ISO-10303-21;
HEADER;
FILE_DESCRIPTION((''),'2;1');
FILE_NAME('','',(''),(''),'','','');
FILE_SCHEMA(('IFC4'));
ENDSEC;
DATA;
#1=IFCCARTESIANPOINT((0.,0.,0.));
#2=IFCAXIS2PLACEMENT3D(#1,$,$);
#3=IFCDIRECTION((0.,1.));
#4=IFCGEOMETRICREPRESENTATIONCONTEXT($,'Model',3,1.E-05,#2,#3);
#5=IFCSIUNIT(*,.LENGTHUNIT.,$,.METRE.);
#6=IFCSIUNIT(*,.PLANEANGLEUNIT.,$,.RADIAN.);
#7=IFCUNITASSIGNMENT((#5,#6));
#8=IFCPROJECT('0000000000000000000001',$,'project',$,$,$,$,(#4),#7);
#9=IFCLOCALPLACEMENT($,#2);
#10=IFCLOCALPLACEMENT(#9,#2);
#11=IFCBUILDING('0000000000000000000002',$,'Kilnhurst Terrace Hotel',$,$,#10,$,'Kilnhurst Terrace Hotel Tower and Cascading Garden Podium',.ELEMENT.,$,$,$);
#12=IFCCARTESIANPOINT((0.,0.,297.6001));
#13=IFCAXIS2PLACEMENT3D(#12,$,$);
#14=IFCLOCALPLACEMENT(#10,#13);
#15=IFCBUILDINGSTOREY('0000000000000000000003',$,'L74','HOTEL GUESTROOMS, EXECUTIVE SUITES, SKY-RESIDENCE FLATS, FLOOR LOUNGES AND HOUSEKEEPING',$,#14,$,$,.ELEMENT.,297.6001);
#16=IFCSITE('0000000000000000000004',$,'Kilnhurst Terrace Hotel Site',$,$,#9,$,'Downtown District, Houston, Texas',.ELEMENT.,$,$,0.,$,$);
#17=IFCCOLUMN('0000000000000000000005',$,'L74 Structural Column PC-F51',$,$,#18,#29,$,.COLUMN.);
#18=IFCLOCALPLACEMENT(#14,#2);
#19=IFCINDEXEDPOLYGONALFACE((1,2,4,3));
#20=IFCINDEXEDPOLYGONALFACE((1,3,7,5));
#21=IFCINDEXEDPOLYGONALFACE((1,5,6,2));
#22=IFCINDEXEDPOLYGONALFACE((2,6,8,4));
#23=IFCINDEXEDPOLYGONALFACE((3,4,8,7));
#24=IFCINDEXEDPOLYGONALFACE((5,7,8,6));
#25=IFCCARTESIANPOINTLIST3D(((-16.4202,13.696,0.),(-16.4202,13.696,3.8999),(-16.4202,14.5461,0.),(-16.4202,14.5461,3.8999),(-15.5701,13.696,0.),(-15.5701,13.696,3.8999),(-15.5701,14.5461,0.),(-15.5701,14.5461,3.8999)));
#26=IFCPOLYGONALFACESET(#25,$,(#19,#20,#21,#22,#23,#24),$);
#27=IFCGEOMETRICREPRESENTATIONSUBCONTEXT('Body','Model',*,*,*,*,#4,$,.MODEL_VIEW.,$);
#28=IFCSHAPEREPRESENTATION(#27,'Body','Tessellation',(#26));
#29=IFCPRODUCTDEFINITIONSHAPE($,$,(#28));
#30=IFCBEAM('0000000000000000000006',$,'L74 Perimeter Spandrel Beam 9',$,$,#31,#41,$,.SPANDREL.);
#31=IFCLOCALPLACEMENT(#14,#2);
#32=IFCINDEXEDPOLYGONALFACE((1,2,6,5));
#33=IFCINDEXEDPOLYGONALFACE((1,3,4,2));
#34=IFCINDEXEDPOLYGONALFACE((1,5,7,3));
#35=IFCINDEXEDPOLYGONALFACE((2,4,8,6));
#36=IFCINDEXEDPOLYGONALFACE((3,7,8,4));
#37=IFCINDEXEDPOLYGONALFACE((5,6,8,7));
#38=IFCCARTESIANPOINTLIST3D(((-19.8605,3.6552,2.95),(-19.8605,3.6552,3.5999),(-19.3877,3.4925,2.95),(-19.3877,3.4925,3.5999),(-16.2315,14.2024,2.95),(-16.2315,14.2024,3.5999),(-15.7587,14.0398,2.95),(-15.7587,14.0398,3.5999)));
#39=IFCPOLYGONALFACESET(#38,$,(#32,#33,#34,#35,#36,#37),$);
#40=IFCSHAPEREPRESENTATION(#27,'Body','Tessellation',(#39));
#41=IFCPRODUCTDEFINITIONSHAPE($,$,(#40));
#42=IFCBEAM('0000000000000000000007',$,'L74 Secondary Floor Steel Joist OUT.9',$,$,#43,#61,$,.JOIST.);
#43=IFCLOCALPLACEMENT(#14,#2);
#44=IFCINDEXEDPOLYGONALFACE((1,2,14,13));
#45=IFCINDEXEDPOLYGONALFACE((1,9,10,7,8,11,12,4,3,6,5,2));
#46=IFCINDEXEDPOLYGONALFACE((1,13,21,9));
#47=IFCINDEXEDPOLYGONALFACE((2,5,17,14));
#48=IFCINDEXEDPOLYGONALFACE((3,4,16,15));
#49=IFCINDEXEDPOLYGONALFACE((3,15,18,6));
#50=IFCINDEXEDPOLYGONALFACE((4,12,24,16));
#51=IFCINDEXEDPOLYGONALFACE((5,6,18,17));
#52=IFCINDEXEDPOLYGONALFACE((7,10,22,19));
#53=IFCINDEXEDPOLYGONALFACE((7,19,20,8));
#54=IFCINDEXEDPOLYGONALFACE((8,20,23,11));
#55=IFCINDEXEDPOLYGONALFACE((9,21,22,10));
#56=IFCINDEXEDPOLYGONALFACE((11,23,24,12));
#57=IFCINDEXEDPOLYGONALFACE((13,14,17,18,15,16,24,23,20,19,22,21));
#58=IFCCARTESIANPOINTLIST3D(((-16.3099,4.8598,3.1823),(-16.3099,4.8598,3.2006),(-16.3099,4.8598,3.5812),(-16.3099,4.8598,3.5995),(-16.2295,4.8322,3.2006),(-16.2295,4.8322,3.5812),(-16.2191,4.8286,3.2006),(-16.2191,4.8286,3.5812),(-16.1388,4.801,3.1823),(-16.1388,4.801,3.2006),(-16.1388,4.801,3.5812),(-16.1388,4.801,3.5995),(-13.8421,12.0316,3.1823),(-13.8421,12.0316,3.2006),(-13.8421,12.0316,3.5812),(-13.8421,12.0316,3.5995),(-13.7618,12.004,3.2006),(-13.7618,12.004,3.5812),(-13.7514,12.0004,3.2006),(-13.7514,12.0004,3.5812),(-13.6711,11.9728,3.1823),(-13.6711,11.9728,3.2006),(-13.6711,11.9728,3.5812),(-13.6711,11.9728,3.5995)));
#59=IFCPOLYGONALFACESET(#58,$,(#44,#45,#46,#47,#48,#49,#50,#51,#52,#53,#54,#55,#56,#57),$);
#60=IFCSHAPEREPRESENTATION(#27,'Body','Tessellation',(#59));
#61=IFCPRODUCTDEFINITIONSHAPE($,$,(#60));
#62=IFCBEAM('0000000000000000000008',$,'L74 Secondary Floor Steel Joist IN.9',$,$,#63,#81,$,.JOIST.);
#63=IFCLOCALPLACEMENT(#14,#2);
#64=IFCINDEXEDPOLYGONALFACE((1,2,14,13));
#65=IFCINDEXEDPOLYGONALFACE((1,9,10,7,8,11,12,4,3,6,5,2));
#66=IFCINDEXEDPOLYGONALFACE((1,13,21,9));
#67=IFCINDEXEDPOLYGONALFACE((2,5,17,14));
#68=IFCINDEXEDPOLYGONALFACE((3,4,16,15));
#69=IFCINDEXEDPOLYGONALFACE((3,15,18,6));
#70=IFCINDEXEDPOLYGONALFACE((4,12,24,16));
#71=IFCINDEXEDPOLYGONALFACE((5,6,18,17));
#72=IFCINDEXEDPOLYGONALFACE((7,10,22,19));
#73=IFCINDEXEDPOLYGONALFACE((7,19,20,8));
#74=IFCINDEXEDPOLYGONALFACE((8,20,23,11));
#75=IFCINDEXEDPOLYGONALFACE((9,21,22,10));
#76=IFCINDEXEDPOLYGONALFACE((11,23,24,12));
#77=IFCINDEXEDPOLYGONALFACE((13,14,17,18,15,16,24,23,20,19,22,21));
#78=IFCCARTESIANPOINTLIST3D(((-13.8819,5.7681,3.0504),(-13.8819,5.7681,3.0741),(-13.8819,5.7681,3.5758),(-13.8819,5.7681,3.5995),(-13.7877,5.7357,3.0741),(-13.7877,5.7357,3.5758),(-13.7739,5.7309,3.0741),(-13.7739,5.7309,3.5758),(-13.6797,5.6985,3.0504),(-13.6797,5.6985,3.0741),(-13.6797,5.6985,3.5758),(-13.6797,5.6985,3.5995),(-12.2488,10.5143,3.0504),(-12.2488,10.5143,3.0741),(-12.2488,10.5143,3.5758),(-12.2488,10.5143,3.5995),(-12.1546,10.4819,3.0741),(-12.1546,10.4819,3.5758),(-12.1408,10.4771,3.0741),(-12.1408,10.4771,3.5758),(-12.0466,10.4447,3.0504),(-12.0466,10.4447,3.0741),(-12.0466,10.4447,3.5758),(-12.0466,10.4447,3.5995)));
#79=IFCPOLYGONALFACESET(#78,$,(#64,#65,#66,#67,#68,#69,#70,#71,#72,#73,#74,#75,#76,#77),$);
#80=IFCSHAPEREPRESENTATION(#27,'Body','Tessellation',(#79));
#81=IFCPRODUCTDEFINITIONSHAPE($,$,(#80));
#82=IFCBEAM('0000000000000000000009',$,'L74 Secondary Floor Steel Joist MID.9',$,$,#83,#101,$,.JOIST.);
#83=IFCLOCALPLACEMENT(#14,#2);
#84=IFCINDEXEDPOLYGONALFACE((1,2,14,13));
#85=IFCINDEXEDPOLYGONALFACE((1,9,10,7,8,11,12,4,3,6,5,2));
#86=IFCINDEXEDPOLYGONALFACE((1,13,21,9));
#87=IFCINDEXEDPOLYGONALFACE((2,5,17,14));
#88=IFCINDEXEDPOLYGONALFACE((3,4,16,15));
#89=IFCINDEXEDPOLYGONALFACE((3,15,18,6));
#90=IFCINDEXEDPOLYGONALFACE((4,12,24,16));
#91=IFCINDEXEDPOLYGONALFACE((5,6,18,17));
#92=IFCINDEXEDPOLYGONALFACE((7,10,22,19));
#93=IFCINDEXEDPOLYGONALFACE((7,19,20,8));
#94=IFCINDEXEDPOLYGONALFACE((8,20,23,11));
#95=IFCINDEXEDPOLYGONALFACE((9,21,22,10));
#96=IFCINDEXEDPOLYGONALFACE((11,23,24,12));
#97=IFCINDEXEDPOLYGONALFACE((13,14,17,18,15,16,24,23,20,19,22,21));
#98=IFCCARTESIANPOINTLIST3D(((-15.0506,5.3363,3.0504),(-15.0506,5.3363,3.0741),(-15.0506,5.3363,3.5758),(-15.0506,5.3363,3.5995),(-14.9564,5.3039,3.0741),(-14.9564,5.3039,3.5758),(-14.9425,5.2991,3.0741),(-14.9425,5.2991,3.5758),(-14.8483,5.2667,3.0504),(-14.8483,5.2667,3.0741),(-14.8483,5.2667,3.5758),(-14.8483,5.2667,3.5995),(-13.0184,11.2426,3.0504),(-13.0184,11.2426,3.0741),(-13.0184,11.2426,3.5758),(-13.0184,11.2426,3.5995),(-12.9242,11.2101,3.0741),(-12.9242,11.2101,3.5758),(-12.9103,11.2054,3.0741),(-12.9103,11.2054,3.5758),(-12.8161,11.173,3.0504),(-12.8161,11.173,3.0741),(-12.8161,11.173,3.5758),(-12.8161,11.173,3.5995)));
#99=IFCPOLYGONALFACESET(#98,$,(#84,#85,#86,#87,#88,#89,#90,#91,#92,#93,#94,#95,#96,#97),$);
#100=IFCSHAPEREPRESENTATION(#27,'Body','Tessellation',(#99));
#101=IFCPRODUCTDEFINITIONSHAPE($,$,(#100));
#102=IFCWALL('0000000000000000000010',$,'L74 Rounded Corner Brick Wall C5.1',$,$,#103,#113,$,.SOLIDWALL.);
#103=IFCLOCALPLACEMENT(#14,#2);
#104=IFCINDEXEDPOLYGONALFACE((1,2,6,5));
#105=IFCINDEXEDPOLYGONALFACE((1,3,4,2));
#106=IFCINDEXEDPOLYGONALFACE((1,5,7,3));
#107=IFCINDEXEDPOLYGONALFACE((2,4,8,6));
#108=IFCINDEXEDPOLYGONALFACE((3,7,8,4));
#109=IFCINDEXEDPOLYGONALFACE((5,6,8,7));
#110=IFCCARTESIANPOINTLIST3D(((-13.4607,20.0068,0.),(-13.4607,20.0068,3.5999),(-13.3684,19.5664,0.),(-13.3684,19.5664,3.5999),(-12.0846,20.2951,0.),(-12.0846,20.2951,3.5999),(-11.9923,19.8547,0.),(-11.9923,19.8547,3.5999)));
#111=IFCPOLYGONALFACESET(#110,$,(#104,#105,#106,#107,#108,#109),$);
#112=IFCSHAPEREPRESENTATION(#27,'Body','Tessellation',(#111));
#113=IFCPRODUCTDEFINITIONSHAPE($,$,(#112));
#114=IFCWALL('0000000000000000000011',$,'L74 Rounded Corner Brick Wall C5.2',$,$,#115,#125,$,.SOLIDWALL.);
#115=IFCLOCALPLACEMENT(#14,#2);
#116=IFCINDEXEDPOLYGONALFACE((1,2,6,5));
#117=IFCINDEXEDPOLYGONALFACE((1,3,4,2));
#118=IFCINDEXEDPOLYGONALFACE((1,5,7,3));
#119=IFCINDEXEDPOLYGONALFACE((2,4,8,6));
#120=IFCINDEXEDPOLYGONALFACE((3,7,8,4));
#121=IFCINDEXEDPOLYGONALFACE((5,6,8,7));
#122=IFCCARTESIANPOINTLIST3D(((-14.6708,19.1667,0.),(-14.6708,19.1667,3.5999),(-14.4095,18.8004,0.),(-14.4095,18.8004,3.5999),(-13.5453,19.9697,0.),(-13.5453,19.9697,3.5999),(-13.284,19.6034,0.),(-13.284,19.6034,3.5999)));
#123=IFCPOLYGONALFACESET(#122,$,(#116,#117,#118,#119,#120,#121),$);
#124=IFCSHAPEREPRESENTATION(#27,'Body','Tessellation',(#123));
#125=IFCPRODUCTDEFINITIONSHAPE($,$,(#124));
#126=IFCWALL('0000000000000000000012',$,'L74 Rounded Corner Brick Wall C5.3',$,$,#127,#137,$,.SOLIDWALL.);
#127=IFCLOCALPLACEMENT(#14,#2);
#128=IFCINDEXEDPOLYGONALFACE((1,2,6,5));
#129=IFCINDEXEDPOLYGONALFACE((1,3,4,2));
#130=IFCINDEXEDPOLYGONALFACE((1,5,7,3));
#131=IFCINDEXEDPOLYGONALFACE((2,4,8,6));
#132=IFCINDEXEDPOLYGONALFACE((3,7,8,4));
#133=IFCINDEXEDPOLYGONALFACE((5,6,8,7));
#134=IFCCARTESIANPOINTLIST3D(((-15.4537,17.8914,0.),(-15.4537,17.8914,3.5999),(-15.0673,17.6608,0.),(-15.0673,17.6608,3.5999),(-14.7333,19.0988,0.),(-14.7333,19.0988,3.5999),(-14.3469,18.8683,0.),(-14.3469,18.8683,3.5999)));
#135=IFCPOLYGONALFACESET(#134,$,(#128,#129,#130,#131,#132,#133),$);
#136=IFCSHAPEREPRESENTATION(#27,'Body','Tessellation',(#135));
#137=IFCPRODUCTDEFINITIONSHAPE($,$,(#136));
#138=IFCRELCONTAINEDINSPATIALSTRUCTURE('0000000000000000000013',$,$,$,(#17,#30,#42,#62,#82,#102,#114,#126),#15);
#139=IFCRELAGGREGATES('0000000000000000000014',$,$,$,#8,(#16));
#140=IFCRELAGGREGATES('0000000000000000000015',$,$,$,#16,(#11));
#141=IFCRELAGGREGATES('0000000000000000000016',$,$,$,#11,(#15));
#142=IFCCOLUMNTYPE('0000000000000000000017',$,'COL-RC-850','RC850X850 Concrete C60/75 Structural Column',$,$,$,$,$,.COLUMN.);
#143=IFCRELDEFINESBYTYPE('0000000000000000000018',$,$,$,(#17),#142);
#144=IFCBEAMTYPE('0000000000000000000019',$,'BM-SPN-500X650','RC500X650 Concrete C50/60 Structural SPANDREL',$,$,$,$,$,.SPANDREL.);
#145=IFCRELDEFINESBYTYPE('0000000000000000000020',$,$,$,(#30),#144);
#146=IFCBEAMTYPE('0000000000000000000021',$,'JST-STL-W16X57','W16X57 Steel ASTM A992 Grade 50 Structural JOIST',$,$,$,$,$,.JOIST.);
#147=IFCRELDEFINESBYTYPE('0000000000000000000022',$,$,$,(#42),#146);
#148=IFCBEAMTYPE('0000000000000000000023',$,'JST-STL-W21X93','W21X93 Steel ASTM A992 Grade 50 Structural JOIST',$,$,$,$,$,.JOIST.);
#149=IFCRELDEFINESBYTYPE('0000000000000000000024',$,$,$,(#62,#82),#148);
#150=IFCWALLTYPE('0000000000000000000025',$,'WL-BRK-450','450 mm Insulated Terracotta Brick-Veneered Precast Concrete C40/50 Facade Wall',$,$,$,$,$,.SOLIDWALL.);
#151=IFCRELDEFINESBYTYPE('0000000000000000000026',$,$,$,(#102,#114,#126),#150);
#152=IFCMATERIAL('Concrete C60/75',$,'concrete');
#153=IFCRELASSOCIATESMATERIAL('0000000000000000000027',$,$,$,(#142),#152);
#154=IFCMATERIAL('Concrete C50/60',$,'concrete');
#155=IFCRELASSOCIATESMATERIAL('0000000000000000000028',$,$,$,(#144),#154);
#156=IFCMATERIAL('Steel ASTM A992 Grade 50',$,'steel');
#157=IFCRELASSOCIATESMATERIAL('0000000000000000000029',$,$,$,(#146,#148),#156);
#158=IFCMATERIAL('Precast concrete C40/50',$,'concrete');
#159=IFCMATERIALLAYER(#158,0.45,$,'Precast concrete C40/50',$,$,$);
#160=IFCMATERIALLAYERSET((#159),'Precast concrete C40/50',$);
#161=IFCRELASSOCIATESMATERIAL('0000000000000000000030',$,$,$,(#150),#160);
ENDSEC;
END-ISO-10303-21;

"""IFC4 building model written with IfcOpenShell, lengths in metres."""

from ifc_helpers import new_model, si_unit, direction, frame, frame_2d, origin, origin_2d, place, context, subcontext, project, spatial, rectangle, i_section, extrude, material, layer, layer_set, material_profile, profile_set, type_object, element, save


model = new_model("IFC4")

# Units and contexts
model_context = context("Model", 3, precision=1e-05, world=origin(), true_north=direction((0.0, 1.0)))
body_context = subcontext(model_context, "Body", "Model", "MODEL_VIEW")
ifc_project = project(units=[si_unit("LENGTHUNIT", "METRE"), si_unit("PLANEANGLEUNIT", "RADIAN")], contexts=[model_context])

# Site, building, storey
site_placement = place(None, origin())
site = spatial("IfcSite", under=ifc_project, at=site_placement, Name="Kilnhurst Terrace Hotel Site", LongName="Downtown District, Houston, Texas", CompositionType="ELEMENT", RefElevation=0.0)
building_placement = place(site_placement, origin())
building = spatial("IfcBuilding", under=site, at=building_placement, Name="Kilnhurst Terrace Hotel", LongName="Kilnhurst Terrace Hotel Tower and Cascading Garden Podium", CompositionType="ELEMENT")
storey_placement = place(building_placement, frame((0.0, 0.0, 297.6001)))
storey = spatial("IfcBuildingStorey", under=building, at=storey_placement, Name="L74", Description="HOTEL GUESTROOMS, EXECUTIVE SUITES, SKY-RESIDENCE FLATS, FLOOR LOUNGES AND HOUSEKEEPING", CompositionType="ELEMENT", Elevation=297.6001)

# Column
ifc_material_1 = material(Name="Concrete C60/75", Category="concrete")
ifc_material_profile_1 = material_profile(ifc_material_1, rectangle(XDim=0.8501, YDim=0.8501, at=origin_2d()), Name="RC850X850")
ifc_profile_set_1 = profile_set([ifc_material_profile_1], Name="Concrete C60/75")
column_type = type_object("IfcColumnType", Name="COL-RC-850", Description="RC850X850 Concrete C60/75 Structural Column", PredefinedType="COLUMN", material=ifc_profile_set_1)
column_placement = place(storey_placement, frame((-15.9951, 14.1211, 0.0), z_axis=(0.0, 0.0, 1.0), x_axis=(1.0, 0.0, 0.0)))
element("IfcColumn", 1, at=column_placement, inside=storey, type_object=column_type, Name="L74 Structural Column PC-F51", PredefinedType="COLUMN", context=body_context, shape_type="SweptSolid", body=[
    extrude(rectangle(XDim=0.8501, YDim=0.8501, at=origin_2d()), origin(), (0.0, 0.0, 1.0), 3.8999),
])

# Beams
ifc_material_2 = material(Name="Concrete C50/60", Category="concrete")
ifc_material_profile_2 = material_profile(ifc_material_2, rectangle(XDim=0.5, YDim=0.6499, at=origin_2d()), Name="RC500X650")
ifc_profile_set_2 = profile_set([ifc_material_profile_2], Name="Concrete C50/60")
beam_type_1 = type_object("IfcBeamType", Name="BM-SPN-500X650", Description="RC500X650 Concrete C50/60 Structural SPANDREL", PredefinedType="SPANDREL", material=ifc_profile_set_2)
beam_1_placement = place(storey_placement, frame((-15.9951, 14.1211, 3.2749), z_axis=(-0.325347, -0.945595, 0.0), x_axis=(0.945595, -0.325347, 0.0)))
element("IfcBeam", 2, at=beam_1_placement, inside=storey, type_object=beam_type_1, Name="L74 Perimeter Spandrel Beam 9", PredefinedType="SPANDREL", context=body_context, shape_type="SweptSolid", body=[
    extrude(rectangle(XDim=0.5, YDim=0.6499, at=origin_2d()), origin(), (0.0, 0.0, 1.0), 11.1541),
])
ifc_material_3 = material(Name="Steel ASTM A992 Grade 50", Category="steel")
ifc_material_profile_3 = material_profile(ifc_material_3, i_section(OverallWidth=0.1809, OverallDepth=0.4172, WebThickness=0.011, FlangeThickness=0.0183, at=origin_2d()), Name="W16X57")
ifc_profile_set_3 = profile_set([ifc_material_profile_3], Name="Steel ASTM A992 Grade 50")
beam_type_2 = type_object("IfcBeamType", Name="JST-STL-W16X57", Description="W16X57 Steel ASTM A992 Grade 50 Structural JOIST", PredefinedType="JOIST", material=ifc_profile_set_3)
beam_2_placement = place(storey_placement, frame((-13.7566, 12.0022, 3.3909), z_axis=(-0.325368, -0.945588, 0.0), x_axis=(0.945588, -0.325368, 0.0)))
element("IfcBeam", 3, at=beam_2_placement, inside=storey, type_object=beam_type_2, Name="L74 Secondary Floor Steel Joist OUT.9", PredefinedType="JOIST", context=body_context, shape_type="SweptSolid", body=[
    extrude(i_section(OverallWidth=0.1809, OverallDepth=0.4172, WebThickness=0.011, FlangeThickness=0.0183, at=origin_2d()), origin(), (0.0, 0.0, 1.0), 7.5845),
])
ifc_material_profile_4 = material_profile(ifc_material_3, i_section(OverallWidth=0.2139, OverallDepth=0.5491, WebThickness=0.0146, FlangeThickness=0.0237, at=origin_2d()), Name="W21X93")
ifc_profile_set_4 = profile_set([ifc_material_profile_4], Name="Steel ASTM A992 Grade 50")
beam_type_3 = type_object("IfcBeamType", Name="JST-STL-W21X93", Description="W21X93 Steel ASTM A992 Grade 50 Structural JOIST", PredefinedType="JOIST", material=ifc_profile_set_4)
beam_3_placement = place(storey_placement, frame((-12.1477, 10.4795, 3.325), z_axis=(-0.325363, -0.945589, 0.0), x_axis=(0.945589, -0.325363, 0.0)))
element("IfcBeam", 4, at=beam_3_placement, inside=storey, type_object=beam_type_3, Name="L74 Secondary Floor Steel Joist IN.9", PredefinedType="JOIST", context=body_context, shape_type="SweptSolid", body=[
    extrude(i_section(OverallWidth=0.2139, OverallDepth=0.5491, WebThickness=0.0146, FlangeThickness=0.0237, at=origin_2d()), origin(), (0.0, 0.0, 1.0), 5.0193),
])
beam_4_placement = place(storey_placement, frame((-12.9172, 11.2078, 3.325), z_axis=(-0.325359, -0.94559, 0.0), x_axis=(0.94559, -0.325359, 0.0)))
element("IfcBeam", 5, at=beam_4_placement, inside=storey, type_object=beam_type_3, Name="L74 Secondary Floor Steel Joist MID.9", PredefinedType="JOIST", context=body_context, shape_type="SweptSolid", body=[
    extrude(i_section(OverallWidth=0.2139, OverallDepth=0.5491, WebThickness=0.0146, FlangeThickness=0.0237, at=origin_2d()), origin(), (0.0, 0.0, 1.0), 6.2461),
])

# Walls
ifc_material_4 = material(Name="Precast concrete C40/50", Category="concrete")
ifc_layer_1 = layer(ifc_material_4, 0.45, Name="Precast concrete C40/50")
ifc_layer_set_1 = layer_set([ifc_layer_1], Name="Precast concrete C40/50")
wall_type_1 = type_object("IfcWallType", Name="WL-BRK-450", Description="450 mm Insulated Terracotta Brick-Veneered Precast Concrete C40/50 Facade Wall", PredefinedType="SOLIDWALL", material=ifc_layer_set_1)
wall_1_placement = place(storey_placement, frame((-12.0383, 20.075, 0.0), z_axis=(0.0, 0.0, 1.0), x_axis=(-0.97875, -0.205057, 0.0)))
element("IfcWall", 6, at=wall_1_placement, inside=storey, type_object=wall_type_1, Name="L74 Rounded Corner Brick Wall C5.1", PredefinedType="SOLIDWALL", context=body_context, shape_type="SweptSolid", body=[
    extrude(rectangle(XDim=1.406, YDim=0.45, at=frame_2d((0.7031, 0.0))), origin(), (0.0, 0.0, 1.0), 3.5999),
])
wall_2_placement = place(storey_placement, frame((-13.4146, 19.7866, 0.0), z_axis=(0.0, 0.0, 1.0), x_axis=(-0.814055, -0.580787, 0.0)))
element("IfcWall", 7, at=wall_2_placement, inside=storey, type_object=wall_type_1, Name="L74 Rounded Corner Brick Wall C5.2", PredefinedType="SOLIDWALL", context=body_context, shape_type="SweptSolid", body=[
    extrude(rectangle(XDim=1.3826, YDim=0.45, at=frame_2d((0.6914, 0.0))), origin(), (0.0, 0.0, 1.0), 3.5999),
])
wall_3_placement = place(storey_placement, frame((-14.54, 18.9836, 0.0), z_axis=(0.0, 0.0, 1.0), x_axis=(-0.512375, -0.858762, 0.0)))
element("IfcWall", 8, at=wall_3_placement, inside=storey, type_object=wall_type_1, Name="L74 Rounded Corner Brick Wall C5.3", PredefinedType="SOLIDWALL", context=body_context, shape_type="SweptSolid", body=[
    extrude(rectangle(XDim=1.406, YDim=0.45, at=frame_2d((0.7031, 0.0))), origin(), (0.0, 0.0, 1.0), 3.5999),
])

save(model, "model.ifc")
